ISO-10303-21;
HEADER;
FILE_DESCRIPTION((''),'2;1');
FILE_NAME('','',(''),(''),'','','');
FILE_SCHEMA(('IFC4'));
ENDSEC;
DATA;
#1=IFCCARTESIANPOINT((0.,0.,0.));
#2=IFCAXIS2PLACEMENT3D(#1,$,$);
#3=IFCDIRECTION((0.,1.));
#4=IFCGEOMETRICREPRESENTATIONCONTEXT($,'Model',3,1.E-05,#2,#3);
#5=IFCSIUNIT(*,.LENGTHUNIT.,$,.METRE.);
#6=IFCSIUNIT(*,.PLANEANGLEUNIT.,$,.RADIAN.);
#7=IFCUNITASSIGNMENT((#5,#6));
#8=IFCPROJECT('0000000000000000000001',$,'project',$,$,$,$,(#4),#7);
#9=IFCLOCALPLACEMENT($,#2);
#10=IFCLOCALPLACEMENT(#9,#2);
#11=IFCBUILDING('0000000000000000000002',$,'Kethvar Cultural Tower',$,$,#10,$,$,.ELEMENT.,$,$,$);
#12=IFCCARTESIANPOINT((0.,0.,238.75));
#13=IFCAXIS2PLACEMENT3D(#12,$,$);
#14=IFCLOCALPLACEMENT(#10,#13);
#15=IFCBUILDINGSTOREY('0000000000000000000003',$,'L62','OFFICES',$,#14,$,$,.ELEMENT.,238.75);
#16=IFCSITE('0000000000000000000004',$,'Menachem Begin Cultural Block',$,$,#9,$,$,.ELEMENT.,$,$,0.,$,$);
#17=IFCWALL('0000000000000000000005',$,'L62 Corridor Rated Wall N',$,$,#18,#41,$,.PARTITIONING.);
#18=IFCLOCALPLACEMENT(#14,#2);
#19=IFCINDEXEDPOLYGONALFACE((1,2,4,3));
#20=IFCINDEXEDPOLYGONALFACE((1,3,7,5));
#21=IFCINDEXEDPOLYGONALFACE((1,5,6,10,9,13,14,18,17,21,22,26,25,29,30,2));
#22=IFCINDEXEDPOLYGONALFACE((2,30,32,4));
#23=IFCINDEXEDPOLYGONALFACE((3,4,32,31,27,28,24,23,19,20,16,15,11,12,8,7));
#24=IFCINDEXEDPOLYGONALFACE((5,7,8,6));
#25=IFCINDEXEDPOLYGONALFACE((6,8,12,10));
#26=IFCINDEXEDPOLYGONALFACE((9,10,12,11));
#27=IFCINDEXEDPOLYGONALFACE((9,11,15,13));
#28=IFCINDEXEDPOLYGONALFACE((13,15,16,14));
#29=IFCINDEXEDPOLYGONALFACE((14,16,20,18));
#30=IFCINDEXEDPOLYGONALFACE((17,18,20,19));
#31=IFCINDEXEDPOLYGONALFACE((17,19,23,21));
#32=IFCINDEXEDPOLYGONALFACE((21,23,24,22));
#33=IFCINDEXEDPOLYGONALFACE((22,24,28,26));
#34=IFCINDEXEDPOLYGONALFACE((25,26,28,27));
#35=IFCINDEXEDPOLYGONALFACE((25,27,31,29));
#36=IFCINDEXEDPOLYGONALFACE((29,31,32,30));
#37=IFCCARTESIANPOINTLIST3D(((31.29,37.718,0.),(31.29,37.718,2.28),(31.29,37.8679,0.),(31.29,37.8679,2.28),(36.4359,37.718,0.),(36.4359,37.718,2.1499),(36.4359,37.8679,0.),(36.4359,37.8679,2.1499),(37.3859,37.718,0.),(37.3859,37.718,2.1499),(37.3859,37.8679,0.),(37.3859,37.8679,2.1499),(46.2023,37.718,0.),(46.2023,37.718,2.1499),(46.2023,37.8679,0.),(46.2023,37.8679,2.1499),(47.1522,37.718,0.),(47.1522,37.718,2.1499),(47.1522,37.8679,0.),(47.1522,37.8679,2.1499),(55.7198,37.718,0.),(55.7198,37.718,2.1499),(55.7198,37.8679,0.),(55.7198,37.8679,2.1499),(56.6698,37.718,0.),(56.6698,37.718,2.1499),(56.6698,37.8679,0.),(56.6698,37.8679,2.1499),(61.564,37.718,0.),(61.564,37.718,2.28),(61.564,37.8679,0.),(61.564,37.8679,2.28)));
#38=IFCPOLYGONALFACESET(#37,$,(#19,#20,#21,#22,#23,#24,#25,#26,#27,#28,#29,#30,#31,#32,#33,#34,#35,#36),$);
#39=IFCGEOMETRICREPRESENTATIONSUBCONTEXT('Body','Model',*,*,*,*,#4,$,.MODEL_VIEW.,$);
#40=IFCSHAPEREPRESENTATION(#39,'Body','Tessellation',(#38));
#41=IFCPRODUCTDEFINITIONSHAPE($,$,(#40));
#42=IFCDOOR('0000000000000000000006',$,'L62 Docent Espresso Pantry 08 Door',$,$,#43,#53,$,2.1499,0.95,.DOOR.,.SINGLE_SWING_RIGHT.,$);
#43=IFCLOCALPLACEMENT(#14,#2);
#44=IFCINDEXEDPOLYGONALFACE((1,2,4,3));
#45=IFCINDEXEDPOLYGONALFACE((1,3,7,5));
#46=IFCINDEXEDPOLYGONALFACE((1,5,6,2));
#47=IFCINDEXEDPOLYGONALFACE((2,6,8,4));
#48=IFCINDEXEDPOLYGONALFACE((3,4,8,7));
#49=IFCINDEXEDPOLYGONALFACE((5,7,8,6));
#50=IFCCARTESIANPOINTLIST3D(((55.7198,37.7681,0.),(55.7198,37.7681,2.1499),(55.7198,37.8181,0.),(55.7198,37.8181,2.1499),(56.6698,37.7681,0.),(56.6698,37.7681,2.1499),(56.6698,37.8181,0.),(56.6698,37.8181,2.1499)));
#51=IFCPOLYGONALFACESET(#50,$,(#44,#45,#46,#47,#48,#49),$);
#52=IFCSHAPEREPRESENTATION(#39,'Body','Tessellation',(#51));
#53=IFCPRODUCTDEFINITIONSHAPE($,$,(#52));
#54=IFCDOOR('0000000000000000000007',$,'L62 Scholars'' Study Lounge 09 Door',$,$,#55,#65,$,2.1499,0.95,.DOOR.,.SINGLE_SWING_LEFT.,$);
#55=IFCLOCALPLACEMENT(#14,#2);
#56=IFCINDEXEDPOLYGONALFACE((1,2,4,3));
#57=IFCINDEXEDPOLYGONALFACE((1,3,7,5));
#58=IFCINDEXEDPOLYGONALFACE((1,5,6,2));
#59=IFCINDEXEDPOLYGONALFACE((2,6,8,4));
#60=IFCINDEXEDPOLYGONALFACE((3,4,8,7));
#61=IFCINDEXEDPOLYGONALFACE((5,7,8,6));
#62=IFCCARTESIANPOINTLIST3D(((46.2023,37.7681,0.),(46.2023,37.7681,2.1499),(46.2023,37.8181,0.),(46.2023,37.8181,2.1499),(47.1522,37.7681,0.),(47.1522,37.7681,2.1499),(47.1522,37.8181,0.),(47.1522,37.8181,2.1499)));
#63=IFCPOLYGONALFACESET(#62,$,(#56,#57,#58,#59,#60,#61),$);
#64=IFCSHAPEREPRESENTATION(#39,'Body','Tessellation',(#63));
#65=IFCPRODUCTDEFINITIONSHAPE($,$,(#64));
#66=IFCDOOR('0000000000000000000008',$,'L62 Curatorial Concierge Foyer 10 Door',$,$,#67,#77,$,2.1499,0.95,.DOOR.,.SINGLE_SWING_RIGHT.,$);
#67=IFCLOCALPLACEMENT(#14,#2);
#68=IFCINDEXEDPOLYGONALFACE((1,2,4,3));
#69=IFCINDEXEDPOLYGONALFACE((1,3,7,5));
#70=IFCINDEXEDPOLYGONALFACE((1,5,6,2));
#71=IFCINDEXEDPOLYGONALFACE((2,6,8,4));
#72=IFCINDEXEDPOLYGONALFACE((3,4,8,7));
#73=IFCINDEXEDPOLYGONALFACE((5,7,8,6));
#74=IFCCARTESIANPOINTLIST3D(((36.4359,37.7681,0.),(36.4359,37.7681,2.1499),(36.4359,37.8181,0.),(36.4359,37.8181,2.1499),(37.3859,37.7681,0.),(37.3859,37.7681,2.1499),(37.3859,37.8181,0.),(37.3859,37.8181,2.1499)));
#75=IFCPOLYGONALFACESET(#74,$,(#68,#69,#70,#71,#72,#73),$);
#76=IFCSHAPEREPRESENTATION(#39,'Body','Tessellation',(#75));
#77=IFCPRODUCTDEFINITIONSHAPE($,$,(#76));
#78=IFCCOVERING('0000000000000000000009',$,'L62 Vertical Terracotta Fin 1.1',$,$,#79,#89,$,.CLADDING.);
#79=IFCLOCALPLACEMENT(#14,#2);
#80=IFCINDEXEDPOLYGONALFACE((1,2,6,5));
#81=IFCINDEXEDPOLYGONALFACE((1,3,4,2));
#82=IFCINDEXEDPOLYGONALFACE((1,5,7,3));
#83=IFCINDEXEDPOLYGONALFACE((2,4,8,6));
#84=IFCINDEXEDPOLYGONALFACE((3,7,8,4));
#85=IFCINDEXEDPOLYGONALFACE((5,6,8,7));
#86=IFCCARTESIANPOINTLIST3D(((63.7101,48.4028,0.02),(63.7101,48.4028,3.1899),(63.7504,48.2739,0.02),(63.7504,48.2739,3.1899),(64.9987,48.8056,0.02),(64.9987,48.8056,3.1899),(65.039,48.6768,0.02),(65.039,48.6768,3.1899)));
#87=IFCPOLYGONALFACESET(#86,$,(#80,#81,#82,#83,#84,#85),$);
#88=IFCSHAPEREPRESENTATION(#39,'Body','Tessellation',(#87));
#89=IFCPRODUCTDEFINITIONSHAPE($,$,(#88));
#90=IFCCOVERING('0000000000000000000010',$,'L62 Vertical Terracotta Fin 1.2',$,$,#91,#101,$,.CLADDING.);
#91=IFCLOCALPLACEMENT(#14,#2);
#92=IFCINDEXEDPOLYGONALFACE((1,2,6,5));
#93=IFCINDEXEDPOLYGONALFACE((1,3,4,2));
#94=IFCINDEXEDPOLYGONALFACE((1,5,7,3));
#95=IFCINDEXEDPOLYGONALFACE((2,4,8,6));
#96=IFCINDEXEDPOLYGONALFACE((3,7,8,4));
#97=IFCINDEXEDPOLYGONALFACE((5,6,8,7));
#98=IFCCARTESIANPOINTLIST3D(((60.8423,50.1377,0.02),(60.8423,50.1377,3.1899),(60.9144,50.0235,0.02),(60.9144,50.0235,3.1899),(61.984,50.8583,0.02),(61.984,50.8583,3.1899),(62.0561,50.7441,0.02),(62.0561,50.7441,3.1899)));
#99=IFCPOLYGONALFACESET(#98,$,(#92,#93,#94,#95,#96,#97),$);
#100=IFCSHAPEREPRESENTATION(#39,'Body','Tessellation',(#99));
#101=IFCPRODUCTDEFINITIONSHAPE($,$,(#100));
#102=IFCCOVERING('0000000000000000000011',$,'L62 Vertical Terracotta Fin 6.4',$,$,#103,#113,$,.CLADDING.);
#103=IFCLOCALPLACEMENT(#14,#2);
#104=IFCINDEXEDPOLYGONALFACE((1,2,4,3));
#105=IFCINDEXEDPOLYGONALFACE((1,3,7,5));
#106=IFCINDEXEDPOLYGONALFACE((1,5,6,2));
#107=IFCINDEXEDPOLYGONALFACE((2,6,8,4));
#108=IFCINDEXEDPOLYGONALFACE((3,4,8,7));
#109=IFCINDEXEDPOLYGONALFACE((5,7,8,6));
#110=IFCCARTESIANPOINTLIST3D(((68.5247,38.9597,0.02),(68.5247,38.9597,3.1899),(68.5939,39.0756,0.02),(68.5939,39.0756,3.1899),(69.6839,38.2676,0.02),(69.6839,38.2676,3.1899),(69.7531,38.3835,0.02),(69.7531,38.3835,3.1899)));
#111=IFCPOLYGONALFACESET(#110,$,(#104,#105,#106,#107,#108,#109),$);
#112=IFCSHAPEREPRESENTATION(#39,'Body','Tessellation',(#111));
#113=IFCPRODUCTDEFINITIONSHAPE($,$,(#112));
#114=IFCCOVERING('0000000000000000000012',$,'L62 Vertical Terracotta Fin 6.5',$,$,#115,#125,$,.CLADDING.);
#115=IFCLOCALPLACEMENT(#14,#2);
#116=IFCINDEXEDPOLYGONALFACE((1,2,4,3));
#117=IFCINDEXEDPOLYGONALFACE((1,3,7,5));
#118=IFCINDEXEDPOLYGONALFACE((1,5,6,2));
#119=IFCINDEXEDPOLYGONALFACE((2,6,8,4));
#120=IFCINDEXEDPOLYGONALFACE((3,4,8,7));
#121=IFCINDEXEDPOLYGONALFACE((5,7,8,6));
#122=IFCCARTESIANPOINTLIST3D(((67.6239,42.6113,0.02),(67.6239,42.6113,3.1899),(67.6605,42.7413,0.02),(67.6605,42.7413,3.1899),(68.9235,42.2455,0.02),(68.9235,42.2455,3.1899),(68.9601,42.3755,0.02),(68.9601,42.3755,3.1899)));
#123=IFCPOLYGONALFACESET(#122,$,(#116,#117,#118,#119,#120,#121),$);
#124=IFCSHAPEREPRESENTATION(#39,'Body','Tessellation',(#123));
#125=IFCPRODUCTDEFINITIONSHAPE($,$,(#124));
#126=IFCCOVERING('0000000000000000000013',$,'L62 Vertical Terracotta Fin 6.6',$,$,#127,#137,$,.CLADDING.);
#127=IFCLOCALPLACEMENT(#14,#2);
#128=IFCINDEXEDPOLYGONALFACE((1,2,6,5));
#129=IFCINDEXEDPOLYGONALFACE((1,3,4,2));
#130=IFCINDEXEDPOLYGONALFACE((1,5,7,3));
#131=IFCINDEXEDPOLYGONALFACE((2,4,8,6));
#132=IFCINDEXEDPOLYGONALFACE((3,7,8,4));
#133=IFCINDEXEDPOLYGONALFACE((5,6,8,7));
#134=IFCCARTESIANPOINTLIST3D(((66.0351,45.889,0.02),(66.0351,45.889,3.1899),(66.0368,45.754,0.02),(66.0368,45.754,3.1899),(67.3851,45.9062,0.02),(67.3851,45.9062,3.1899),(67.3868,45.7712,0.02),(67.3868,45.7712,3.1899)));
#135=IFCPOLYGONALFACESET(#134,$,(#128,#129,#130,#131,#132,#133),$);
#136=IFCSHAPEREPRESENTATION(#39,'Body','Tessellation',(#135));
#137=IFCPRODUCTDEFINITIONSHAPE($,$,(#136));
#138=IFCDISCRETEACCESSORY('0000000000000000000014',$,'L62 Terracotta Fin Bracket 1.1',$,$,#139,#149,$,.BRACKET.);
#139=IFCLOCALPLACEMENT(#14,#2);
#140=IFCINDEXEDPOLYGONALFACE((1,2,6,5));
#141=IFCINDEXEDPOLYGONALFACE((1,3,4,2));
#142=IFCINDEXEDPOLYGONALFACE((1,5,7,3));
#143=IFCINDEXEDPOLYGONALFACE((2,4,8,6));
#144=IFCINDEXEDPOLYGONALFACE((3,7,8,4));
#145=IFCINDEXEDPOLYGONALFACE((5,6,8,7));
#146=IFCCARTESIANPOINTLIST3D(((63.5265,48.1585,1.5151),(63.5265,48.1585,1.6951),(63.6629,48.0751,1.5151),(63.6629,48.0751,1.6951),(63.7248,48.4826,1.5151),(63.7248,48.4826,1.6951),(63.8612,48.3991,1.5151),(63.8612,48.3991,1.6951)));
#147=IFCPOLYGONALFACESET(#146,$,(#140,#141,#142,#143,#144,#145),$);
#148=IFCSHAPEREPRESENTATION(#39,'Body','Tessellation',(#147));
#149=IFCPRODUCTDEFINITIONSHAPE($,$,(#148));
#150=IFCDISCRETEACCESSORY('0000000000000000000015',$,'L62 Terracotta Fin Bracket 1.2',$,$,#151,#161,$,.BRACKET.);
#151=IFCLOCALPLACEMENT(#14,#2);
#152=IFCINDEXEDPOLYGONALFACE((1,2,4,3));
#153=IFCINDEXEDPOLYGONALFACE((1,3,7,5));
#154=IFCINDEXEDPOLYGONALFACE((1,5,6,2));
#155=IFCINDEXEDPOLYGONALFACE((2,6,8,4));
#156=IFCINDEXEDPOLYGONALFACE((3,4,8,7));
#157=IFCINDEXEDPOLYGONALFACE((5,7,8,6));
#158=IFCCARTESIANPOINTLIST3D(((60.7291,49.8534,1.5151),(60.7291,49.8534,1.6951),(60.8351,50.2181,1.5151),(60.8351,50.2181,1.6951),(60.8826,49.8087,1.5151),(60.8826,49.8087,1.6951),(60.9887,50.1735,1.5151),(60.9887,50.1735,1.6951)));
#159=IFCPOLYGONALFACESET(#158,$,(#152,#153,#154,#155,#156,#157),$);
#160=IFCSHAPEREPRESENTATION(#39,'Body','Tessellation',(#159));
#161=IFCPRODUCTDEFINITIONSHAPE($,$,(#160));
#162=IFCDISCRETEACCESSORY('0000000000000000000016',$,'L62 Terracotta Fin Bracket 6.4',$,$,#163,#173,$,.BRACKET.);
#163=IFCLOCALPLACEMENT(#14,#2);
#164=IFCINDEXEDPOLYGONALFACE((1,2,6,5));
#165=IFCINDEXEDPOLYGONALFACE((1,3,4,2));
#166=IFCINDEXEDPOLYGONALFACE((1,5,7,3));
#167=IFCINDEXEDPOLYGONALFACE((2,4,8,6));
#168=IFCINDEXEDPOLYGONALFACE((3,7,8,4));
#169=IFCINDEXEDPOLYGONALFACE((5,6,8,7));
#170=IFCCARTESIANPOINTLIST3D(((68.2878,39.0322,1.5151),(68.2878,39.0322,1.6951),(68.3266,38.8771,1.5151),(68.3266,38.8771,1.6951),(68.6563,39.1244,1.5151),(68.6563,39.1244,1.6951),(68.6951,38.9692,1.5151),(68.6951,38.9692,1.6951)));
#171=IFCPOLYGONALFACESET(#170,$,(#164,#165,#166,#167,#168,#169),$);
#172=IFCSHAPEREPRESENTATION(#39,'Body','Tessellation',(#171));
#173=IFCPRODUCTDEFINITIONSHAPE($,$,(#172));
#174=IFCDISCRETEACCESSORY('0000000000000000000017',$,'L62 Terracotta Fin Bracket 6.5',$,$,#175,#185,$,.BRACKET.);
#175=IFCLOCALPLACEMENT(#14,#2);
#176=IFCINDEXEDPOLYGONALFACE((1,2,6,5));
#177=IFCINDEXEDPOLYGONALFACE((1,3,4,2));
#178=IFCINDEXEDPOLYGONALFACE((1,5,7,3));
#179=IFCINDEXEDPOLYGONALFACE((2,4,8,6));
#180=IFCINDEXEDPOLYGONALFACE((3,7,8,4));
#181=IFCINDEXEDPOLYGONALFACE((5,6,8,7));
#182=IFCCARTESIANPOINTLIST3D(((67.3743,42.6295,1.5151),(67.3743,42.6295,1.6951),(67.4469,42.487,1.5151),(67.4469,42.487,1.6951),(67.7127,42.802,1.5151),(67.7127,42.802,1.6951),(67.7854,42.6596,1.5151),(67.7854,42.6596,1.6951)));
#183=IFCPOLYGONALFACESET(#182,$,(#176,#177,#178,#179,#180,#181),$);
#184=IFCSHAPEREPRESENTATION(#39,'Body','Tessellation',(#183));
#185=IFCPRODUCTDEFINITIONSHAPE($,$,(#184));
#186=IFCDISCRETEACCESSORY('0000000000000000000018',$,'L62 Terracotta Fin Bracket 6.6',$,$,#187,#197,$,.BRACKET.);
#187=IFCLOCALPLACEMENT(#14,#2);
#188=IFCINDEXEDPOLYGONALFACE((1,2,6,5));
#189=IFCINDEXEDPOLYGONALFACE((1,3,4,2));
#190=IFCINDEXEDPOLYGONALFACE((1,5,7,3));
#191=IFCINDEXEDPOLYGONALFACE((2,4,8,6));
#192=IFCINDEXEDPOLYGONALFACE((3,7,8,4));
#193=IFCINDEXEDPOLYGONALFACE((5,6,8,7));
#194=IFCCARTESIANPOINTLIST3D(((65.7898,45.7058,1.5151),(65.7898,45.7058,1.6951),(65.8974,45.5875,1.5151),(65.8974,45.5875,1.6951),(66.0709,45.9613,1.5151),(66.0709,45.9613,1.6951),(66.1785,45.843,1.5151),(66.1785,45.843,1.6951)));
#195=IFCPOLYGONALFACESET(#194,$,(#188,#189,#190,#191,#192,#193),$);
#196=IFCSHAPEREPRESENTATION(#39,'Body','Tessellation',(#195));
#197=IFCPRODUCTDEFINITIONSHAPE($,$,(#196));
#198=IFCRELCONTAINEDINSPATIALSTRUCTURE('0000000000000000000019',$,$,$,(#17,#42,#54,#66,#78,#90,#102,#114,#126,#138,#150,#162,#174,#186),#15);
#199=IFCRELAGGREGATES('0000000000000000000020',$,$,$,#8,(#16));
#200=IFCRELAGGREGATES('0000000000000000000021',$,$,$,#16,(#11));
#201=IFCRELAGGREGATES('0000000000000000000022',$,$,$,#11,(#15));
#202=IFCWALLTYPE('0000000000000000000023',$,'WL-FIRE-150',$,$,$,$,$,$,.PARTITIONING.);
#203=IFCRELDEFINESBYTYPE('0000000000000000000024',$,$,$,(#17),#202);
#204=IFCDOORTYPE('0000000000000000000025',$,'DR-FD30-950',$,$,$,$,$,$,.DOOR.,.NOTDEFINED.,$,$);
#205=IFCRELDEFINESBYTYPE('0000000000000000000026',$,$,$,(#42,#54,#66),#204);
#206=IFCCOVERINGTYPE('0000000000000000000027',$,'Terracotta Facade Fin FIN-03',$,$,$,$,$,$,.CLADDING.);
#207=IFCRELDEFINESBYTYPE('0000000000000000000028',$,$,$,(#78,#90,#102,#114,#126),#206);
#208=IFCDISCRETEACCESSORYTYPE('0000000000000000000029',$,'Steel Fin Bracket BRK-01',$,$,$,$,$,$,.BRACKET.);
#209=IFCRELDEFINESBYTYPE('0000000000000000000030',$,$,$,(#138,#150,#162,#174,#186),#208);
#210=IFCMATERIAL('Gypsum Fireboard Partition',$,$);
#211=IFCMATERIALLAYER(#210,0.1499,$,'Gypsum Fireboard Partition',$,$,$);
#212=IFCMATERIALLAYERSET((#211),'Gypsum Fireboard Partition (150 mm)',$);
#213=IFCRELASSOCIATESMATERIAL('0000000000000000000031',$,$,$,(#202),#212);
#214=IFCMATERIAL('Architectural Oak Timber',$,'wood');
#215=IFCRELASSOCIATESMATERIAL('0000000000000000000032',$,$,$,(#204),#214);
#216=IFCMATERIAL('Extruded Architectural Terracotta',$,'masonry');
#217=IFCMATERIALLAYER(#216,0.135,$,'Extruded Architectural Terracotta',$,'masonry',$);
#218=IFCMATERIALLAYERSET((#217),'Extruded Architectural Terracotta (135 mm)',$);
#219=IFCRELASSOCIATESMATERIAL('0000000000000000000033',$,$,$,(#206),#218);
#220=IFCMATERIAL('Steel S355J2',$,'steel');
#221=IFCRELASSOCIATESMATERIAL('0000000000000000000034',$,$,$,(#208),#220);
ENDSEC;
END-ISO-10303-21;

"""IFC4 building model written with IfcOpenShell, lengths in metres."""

from ifc_helpers import new_model, si_unit, direction, frame, frame_2d, origin, origin_2d, place, context, subcontext, project, spatial, rectangle, extrude, source, transform, mapped, material, layer, layer_set, type_object, element, fill, save


model = new_model("IFC4")

# Units and contexts
model_context = context("Model", 3, precision=1e-05, world=origin(), true_north=direction((0.0, 1.0)))
body_context = subcontext(model_context, "Body", "Model", "MODEL_VIEW")
ifc_project = project(units=[si_unit("LENGTHUNIT", "METRE"), si_unit("PLANEANGLEUNIT", "RADIAN")], contexts=[model_context])

# Site, building, storey
site_placement = place(None, origin())
site = spatial("IfcSite", under=ifc_project, at=site_placement, Name="Menachem Begin Cultural Block", CompositionType="ELEMENT", RefElevation=0.0)
building_placement = place(site_placement, origin())
building = spatial("IfcBuilding", under=site, at=building_placement, Name="Kethvar Cultural Tower", CompositionType="ELEMENT")
storey_placement = place(building_placement, frame((0.0, 0.0, 238.75)))
storey = spatial("IfcBuildingStorey", under=building, at=storey_placement, Name="L62", Description="OFFICES", CompositionType="ELEMENT", Elevation=238.75)

# Shared definitions
ifc_material_1 = material(Name="Steel S355J2", Category="steel")

# Wall, openings, doors
ifc_material_2 = material(Name="Gypsum Fireboard Partition")
ifc_layer_1 = layer(ifc_material_2, 0.1499, Name="Gypsum Fireboard Partition")
ifc_layer_set_1 = layer_set([ifc_layer_1], Name="Gypsum Fireboard Partition (150 mm)")
wall_type = type_object("IfcWallType", Name="WL-FIRE-150", PredefinedType="PARTITIONING", material=ifc_layer_set_1)
wall_placement = place(storey_placement, frame((61.564, 37.793, 0.0), z_axis=(0.0, 0.0, 1.0), x_axis=(-1.0, 0.0, 0.0)))
wall = element("IfcWall", 1, at=wall_placement, inside=storey, type_object=wall_type, Name="L62 Corridor Rated Wall N", PredefinedType="PARTITIONING", context=body_context, shape_type="SweptSolid", body=[
    extrude(rectangle(XDim=30.2739, YDim=0.1499, at=frame_2d((15.137, 0.0))), origin(), (0.0, 0.0, 1.0), 2.28),
])
opening_1_placement = place(wall_placement, frame((4.894, 0.0, 0.0)))
opening_1 = element("IfcOpeningElement", 2, at=opening_1_placement, cuts=wall, PredefinedType="OPENING", context=body_context, shape_type="SweptSolid", body=[
    extrude(rectangle(XDim=0.95, YDim=2.1499, at=frame_2d((0.4751, 1.075))), frame((0.0, 0.085, 0.0), z_axis=(0.0, -1.0, 0.0), x_axis=(1.0, 0.0, 0.0)), (0.0, 0.0, 1.0), 0.1699),
])
opening_2_placement = place(wall_placement, frame((14.4116, 0.0, 0.0)))
opening_2 = element("IfcOpeningElement", 3, at=opening_2_placement, cuts=wall, PredefinedType="OPENING", context=body_context, shape_type="SweptSolid", body=[
    extrude(rectangle(XDim=0.95, YDim=2.1499, at=frame_2d((0.4751, 1.075))), frame((0.0, 0.085, 0.0), z_axis=(0.0, -1.0, 0.0), x_axis=(1.0, 0.0, 0.0)), (0.0, 0.0, 1.0), 0.1699),
])
opening_3_placement = place(wall_placement, frame((24.178, 0.0, 0.0)))
opening_3 = element("IfcOpeningElement", 4, at=opening_3_placement, cuts=wall, PredefinedType="OPENING", context=body_context, shape_type="SweptSolid", body=[
    extrude(rectangle(XDim=0.95, YDim=2.1499, at=frame_2d((0.4751, 1.075))), frame((0.0, 0.085, 0.0), z_axis=(0.0, -1.0, 0.0), x_axis=(1.0, 0.0, 0.0)), (0.0, 0.0, 1.0), 0.1699),
])
ifc_material_3 = material(Name="Architectural Oak Timber", Category="wood")
door_type = type_object("IfcDoorType", Name="DR-FD30-950", OperationType="NOTDEFINED", PredefinedType="DOOR", material=ifc_material_3)
shared_shape_1 = source(origin(), body_context, "Body", "SweptSolid", [
    extrude(rectangle(XDim=0.95, YDim=2.1499, at=frame_2d((0.4751, 1.075))), frame((0.0, 0.0249, 0.0), z_axis=(0.0, -1.0, 0.0), x_axis=(1.0, 0.0, 0.0)), (0.0, 0.0, 1.0), 0.05),
])
door_1_placement = place(opening_1_placement, origin())
door_1 = element("IfcDoor", 5, at=door_1_placement, inside=storey, type_object=door_type, Name="L62 Docent Espresso Pantry 08 Door", OperationType="SINGLE_SWING_RIGHT", OverallHeight=2.1499, OverallWidth=0.95, PredefinedType="DOOR", context=body_context, shape_type="MappedRepresentation", body=[
    mapped(shared_shape_1, transform((0.0, 0.0, 0.0), scale=1.0)),
])
fill(opening_1, door_1)
door_2_placement = place(opening_2_placement, origin())
door_2 = element("IfcDoor", 6, at=door_2_placement, inside=storey, type_object=door_type, Name="L62 Scholars' Study Lounge 09 Door", OperationType="SINGLE_SWING_LEFT", OverallHeight=2.1499, OverallWidth=0.95, PredefinedType="DOOR", context=body_context, shape_type="MappedRepresentation", body=[
    mapped(shared_shape_1, transform((0.0, 0.0, 0.0), scale=1.0)),
])
fill(opening_2, door_2)
door_3_placement = place(opening_3_placement, origin())
door_3 = element("IfcDoor", 7, at=door_3_placement, inside=storey, type_object=door_type, Name="L62 Curatorial Concierge Foyer 10 Door", OperationType="SINGLE_SWING_RIGHT", OverallHeight=2.1499, OverallWidth=0.95, PredefinedType="DOOR", context=body_context, shape_type="MappedRepresentation", body=[
    mapped(shared_shape_1, transform((0.0, 0.0, 0.0), scale=1.0)),
])
fill(opening_3, door_3)

# Coverings
ifc_material_4 = material(Name="Extruded Architectural Terracotta", Category="masonry")
ifc_layer_2 = layer(ifc_material_4, 0.135, Name="Extruded Architectural Terracotta", Category="masonry")
ifc_layer_set_2 = layer_set([ifc_layer_2], Name="Extruded Architectural Terracotta (135 mm)")
covering_type = type_object("IfcCoveringType", Name="Terracotta Facade Fin FIN-03", PredefinedType="CLADDING", material=ifc_layer_set_2)
shared_shape_2 = source(origin(), body_context, "Body", "SweptSolid", [
    extrude(rectangle(XDim=1.3501, YDim=0.135, at=origin_2d()), origin(), (0.0, 0.0, 1.0), 3.1699),
])
for number, where, z_axis, x_axis, name in (
    (8, (64.3745, 48.5398, 0.02), (0.0, 0.0, 1.0), (0.954449, 0.298375, 0.0), "L62 Vertical Terracotta Fin 1.1"),
    (9, (61.4492, 50.4409, 0.02), (0.0, 0.0, 1.0), (0.845635, 0.533762, 0.0), "L62 Vertical Terracotta Fin 1.2"),
    (10, (69.1389, 38.6716, 0.02), (0.0, 0.0, 1.0), (0.858602, -0.512642, 0.0), "L62 Vertical Terracotta Fin 6.4"),
    (11, (68.292, 42.4934, 0.02), (0.0, 0.0, 1.0), (0.962597, -0.270936, 0.0), "L62 Vertical Terracotta Fin 6.5"),
    (12, (66.7109, 45.8301, 0.02), (0.0, 0.0, 1.0), (0.999919, 0.012741, 0.0), "L62 Vertical Terracotta Fin 6.6"),
):
    element("IfcCovering", number, at=place(storey_placement, frame(where, z_axis=z_axis, x_axis=x_axis)), inside=storey, type_object=covering_type, Name=name, PredefinedType="CLADDING", context=body_context, shape_type="MappedRepresentation", body=[
        mapped(shared_shape_2, transform((0.0, 0.0, 0.0), scale=1.0)),
    ])

# Discrete accessories
discrete_accessory_type = type_object("IfcDiscreteAccessoryType", Name="Steel Fin Bracket BRK-01", PredefinedType="BRACKET", material=ifc_material_1)
shared_shape_3 = source(origin(), body_context, "Body", "SweptSolid", [
    extrude(rectangle(XDim=0.3799, YDim=0.1599, at=origin_2d()), origin(), (0.0, 0.0, 1.0), 0.1799),
])
for number, where, z_axis, x_axis, name in (
    (13, (63.6938, 48.2788, 1.5151), (0.0, 0.0, 1.0), (0.522052, 0.852914, 0.0), "L62 Terracotta Fin Bracket 1.1"),
    (14, (60.8589, 50.0134, 1.5151), (0.0, 0.0, 1.0), (0.279159, 0.960245, 0.0), "L62 Terracotta Fin Bracket 1.2"),
    (15, (68.4915, 39.0007, 1.5151), (0.0, 0.0, 1.0), (0.970127, 0.242599, 0.0), "L62 Terracotta Fin Bracket 6.4"),
    (16, (67.5798, 42.6445, 1.5151), (0.0, 0.0, 1.0), (0.890927, 0.454146, 0.0), "L62 Terracotta Fin Bracket 6.5"),
    (17, (65.9841, 45.7744, 1.5151), (0.0, 0.0, 1.0), (0.739983, 0.672625, 0.0), "L62 Terracotta Fin Bracket 6.6"),
):
    element("IfcDiscreteAccessory", number, at=place(storey_placement, frame(where, z_axis=z_axis, x_axis=x_axis)), inside=storey, type_object=discrete_accessory_type, Name=name, PredefinedType="BRACKET", context=body_context, shape_type="MappedRepresentation", body=[
        mapped(shared_shape_3, transform((0.0, 0.0, 0.0), scale=1.0)),
    ])

save(model, "model.ifc")
